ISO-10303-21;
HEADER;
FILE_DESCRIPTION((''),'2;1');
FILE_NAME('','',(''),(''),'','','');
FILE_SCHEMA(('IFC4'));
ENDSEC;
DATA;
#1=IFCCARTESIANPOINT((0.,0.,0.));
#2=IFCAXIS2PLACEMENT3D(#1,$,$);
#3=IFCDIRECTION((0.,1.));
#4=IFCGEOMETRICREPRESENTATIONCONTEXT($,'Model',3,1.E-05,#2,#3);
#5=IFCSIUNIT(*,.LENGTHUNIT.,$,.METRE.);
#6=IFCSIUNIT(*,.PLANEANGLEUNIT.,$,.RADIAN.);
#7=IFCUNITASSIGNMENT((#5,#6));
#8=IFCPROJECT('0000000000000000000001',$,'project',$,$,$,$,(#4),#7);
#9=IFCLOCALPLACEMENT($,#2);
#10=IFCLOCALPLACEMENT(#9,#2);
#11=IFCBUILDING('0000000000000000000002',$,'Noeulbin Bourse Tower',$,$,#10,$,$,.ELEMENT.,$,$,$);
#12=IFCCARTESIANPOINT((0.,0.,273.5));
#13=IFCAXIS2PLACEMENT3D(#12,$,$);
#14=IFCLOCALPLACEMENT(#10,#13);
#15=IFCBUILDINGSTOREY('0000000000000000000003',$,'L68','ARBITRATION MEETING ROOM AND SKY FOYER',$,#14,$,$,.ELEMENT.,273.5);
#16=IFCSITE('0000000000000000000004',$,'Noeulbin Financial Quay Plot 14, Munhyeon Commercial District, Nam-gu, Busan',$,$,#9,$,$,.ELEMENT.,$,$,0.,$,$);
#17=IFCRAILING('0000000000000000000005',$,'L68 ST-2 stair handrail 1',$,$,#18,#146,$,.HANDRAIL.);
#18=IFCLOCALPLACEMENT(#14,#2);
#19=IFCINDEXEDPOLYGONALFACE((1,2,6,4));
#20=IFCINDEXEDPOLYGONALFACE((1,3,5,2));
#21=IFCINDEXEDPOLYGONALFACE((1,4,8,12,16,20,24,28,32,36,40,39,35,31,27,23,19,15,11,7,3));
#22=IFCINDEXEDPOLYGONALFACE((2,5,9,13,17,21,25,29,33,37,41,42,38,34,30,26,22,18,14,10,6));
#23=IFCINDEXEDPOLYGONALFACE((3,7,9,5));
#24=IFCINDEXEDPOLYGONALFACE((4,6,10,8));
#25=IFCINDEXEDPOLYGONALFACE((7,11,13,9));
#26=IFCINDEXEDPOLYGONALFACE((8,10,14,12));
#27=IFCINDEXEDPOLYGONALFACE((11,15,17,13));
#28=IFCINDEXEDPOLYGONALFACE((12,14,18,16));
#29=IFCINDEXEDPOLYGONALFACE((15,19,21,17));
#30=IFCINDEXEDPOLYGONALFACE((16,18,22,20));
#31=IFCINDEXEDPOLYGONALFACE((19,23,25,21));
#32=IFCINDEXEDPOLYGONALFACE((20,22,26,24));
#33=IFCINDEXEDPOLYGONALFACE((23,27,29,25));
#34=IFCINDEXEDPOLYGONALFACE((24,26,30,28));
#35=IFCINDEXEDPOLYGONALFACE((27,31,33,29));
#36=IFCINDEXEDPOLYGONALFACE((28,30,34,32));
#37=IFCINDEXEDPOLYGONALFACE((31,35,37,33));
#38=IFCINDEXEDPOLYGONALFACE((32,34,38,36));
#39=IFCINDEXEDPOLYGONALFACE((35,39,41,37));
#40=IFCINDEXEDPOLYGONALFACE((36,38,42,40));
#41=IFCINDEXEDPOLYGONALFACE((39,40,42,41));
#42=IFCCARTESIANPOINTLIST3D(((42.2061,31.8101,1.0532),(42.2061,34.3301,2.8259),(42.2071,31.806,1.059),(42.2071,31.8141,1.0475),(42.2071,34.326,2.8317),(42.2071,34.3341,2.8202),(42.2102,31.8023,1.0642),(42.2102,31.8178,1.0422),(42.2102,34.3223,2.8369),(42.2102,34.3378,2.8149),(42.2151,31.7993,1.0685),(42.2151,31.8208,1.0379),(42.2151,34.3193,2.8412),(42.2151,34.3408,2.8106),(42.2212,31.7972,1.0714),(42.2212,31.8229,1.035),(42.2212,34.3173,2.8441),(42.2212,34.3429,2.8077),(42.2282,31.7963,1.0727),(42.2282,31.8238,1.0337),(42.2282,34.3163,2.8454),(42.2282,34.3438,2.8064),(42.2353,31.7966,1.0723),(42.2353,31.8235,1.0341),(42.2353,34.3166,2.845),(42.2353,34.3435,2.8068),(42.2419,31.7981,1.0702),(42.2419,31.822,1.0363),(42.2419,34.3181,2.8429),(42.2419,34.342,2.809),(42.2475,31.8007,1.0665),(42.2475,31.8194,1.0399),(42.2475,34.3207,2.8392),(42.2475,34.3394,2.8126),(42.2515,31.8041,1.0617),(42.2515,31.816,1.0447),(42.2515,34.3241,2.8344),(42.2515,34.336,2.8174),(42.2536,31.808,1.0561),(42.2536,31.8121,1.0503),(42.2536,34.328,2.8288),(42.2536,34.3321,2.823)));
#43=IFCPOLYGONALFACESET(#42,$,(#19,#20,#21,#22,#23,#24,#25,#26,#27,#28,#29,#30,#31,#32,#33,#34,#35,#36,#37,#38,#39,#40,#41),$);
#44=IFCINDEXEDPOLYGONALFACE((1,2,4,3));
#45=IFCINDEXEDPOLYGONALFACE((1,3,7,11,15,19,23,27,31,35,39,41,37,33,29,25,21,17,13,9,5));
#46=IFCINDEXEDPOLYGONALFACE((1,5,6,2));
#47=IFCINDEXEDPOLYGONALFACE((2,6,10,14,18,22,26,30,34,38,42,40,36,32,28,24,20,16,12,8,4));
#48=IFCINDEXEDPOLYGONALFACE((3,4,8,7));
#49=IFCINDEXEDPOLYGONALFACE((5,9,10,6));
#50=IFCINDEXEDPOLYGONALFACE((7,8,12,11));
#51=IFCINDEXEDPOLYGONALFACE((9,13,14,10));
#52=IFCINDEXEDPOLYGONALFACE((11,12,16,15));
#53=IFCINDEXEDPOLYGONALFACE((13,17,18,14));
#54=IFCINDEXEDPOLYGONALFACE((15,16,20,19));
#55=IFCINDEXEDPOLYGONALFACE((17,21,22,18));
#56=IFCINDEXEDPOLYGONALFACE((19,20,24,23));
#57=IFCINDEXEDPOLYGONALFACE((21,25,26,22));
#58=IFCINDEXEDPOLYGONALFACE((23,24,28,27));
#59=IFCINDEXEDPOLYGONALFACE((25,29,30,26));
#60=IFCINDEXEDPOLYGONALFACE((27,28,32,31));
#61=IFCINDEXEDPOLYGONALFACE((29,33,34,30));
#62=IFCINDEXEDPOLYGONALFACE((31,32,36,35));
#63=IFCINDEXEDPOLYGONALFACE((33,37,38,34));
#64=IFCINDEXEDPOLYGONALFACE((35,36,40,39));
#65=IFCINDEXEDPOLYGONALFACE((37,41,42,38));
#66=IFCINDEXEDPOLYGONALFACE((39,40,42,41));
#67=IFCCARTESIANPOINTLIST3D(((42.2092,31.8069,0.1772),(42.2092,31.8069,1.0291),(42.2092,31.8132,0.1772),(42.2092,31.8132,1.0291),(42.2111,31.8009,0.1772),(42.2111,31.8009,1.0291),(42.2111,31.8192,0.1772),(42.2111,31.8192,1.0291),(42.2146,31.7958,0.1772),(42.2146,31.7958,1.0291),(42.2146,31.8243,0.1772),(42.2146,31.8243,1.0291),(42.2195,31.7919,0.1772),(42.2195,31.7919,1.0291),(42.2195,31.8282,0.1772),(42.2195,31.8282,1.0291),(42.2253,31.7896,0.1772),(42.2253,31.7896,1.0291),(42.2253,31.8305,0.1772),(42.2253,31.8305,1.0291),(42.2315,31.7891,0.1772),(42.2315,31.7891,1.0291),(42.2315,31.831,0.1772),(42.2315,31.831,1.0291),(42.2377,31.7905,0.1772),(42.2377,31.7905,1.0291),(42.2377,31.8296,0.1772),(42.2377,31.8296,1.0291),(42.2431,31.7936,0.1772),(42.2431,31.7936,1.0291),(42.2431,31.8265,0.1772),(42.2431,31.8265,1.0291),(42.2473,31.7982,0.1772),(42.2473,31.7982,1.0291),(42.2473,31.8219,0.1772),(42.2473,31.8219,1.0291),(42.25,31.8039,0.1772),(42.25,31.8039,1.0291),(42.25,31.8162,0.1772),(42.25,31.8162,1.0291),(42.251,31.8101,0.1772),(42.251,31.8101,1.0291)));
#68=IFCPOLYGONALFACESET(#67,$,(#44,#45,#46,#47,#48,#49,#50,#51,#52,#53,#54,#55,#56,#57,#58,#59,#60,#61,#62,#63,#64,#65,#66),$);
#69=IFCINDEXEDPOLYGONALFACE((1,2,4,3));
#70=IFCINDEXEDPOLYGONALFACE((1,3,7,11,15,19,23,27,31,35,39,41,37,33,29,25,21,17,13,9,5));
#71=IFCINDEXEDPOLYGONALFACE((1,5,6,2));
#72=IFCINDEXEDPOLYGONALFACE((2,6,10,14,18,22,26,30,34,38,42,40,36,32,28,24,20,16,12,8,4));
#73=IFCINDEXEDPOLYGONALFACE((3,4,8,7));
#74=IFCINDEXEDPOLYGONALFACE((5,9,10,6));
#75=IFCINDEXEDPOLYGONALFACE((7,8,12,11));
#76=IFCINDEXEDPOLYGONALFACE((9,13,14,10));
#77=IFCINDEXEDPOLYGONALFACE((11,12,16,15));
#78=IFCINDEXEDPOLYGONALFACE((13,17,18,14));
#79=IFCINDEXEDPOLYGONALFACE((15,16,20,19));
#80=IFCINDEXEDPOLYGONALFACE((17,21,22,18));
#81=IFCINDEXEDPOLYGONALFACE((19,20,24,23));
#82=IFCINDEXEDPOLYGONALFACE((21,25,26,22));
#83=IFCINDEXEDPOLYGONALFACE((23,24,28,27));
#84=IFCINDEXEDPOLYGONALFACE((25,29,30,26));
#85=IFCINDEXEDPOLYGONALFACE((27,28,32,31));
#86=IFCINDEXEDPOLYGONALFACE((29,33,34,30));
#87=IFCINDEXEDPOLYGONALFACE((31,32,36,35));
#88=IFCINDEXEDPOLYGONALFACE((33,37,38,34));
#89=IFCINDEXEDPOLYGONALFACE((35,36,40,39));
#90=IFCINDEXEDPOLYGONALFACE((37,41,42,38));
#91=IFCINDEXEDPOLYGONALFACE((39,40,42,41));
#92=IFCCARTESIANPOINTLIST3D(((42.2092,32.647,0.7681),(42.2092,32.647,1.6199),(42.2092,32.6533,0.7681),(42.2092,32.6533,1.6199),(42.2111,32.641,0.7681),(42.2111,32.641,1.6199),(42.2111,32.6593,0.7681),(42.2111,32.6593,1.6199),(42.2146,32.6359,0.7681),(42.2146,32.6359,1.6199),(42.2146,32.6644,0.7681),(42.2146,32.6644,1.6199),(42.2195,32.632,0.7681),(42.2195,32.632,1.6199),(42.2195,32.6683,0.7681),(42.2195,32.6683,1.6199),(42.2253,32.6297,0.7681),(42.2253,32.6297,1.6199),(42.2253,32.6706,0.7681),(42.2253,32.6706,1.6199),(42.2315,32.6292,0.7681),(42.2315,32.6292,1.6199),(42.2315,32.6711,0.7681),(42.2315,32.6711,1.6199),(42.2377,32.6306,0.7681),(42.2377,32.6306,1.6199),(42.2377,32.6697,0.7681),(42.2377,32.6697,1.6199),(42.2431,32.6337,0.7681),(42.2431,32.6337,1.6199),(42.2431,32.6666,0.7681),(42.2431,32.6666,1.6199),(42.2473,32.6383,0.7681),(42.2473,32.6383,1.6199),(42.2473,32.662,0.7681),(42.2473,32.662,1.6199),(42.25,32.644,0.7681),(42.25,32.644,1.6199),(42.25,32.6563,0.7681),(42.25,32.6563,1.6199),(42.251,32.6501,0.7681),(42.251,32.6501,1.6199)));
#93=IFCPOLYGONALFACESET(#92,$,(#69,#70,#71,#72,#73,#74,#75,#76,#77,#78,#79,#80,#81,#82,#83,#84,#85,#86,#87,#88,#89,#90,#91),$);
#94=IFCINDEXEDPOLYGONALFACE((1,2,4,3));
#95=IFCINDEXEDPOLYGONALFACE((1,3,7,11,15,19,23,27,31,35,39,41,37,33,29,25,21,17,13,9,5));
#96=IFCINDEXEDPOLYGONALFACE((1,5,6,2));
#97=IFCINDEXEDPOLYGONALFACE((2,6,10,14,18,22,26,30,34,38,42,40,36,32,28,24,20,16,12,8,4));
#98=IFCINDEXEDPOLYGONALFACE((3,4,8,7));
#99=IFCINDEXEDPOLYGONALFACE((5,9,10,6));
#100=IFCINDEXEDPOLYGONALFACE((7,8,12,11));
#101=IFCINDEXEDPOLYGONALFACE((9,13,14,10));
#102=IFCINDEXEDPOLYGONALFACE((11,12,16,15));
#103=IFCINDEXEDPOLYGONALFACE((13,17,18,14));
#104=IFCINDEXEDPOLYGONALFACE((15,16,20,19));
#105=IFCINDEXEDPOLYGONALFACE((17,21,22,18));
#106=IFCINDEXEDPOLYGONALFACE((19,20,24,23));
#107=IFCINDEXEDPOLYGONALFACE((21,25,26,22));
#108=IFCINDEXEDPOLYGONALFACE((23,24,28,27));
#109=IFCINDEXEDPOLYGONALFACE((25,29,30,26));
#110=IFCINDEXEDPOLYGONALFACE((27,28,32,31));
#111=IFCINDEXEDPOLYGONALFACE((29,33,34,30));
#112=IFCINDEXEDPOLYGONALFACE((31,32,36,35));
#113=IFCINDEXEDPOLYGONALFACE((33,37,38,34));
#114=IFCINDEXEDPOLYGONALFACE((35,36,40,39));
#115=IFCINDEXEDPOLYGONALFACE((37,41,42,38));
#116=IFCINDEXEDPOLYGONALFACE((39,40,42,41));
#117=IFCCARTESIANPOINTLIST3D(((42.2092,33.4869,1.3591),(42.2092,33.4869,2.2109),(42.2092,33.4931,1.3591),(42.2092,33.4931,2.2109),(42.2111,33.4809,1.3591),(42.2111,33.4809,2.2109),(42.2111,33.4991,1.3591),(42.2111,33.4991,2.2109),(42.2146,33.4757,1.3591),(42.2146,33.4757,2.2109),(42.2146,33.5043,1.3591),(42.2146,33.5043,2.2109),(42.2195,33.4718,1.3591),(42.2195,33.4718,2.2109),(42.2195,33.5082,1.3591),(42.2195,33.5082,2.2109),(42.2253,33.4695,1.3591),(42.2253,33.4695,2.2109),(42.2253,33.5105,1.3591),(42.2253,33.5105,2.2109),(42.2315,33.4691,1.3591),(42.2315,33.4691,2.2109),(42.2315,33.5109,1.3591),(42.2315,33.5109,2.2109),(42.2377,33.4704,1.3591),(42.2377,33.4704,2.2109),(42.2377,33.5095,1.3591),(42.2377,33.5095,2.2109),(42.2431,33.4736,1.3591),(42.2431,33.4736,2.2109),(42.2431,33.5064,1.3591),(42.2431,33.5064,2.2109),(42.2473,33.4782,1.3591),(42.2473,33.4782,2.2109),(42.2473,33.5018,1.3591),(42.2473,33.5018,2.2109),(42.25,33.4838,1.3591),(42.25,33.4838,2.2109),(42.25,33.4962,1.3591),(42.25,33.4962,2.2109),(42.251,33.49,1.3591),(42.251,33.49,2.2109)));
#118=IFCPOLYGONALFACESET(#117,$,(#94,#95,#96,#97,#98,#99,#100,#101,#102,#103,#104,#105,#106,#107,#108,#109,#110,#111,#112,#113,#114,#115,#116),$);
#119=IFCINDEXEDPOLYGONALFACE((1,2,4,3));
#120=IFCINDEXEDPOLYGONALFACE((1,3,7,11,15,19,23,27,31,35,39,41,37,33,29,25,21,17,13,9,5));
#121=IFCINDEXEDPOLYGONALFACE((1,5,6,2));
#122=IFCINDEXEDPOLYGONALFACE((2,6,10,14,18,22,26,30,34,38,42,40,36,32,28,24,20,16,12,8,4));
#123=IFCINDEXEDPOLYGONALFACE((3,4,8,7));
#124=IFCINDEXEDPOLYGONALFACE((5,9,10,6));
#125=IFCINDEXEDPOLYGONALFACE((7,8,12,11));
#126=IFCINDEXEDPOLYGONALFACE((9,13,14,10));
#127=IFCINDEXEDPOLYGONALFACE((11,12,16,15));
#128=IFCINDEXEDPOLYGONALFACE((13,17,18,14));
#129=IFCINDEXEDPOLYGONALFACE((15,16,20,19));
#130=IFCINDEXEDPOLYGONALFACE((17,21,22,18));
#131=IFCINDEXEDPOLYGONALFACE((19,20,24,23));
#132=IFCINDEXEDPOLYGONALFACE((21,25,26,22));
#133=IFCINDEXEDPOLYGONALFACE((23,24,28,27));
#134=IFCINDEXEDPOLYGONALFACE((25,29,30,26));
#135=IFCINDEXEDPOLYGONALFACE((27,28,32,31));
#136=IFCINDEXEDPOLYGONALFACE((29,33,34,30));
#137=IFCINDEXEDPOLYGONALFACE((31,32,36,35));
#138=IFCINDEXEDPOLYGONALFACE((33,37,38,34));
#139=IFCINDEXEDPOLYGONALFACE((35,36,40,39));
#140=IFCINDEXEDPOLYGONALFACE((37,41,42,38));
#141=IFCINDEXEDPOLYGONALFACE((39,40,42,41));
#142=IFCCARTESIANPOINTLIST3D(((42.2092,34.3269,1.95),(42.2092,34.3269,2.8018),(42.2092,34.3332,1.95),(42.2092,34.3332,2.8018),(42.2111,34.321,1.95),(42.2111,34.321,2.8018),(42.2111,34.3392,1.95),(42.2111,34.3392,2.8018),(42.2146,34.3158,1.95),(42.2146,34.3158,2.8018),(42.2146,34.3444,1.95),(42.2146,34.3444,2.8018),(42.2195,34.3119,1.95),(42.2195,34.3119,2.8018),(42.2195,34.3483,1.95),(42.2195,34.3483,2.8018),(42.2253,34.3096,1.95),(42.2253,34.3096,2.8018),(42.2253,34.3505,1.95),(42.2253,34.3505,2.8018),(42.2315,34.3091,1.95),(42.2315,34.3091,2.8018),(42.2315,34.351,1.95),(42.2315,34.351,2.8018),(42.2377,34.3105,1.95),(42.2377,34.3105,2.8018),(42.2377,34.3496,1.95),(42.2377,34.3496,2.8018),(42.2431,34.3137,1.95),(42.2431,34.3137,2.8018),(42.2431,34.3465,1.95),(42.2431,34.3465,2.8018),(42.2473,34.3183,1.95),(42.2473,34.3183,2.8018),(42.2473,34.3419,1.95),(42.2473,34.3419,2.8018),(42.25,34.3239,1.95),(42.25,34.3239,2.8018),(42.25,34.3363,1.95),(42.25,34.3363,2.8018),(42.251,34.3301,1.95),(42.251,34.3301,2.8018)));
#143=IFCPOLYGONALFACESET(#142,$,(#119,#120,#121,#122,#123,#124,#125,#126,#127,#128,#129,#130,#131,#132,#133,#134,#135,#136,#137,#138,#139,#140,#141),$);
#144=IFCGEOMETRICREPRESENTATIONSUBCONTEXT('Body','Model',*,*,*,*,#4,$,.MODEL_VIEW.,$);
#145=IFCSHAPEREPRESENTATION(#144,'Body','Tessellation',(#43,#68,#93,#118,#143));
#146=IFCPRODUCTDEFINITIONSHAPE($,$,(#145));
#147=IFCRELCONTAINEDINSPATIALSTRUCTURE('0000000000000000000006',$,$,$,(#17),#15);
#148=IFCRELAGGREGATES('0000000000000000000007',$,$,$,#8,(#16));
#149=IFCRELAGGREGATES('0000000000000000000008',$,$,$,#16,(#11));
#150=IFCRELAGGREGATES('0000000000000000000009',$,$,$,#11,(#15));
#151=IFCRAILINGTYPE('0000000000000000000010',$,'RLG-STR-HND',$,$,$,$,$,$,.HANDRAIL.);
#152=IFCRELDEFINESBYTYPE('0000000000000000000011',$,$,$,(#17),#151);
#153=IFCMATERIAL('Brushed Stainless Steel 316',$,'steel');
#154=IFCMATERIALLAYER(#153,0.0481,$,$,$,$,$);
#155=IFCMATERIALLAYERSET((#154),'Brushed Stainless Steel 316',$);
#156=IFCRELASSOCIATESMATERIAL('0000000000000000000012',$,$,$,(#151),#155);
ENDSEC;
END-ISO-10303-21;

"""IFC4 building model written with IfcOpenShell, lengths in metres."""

from ifc_helpers import new_model, si_unit, direction, frame, origin, origin_2d, place, context, subcontext, project, spatial, circle, extrude, material, layer, layer_set, type_object, element, save


model = new_model("IFC4")

# Units and contexts
model_context = context("Model", 3, precision=1e-05, world=origin(), true_north=direction((0.0, 1.0)))
body_context = subcontext(model_context, "Body", "Model", "MODEL_VIEW")
ifc_project = project(units=[si_unit("LENGTHUNIT", "METRE"), si_unit("PLANEANGLEUNIT", "RADIAN")], contexts=[model_context])

# Site, building, storey
site_placement = place(None, origin())
site = spatial("IfcSite", under=ifc_project, at=site_placement, Name="Noeulbin Financial Quay Plot 14, Munhyeon Commercial District, Nam-gu, Busan", CompositionType="ELEMENT", RefElevation=0.0)
building_placement = place(site_placement, origin())
building = spatial("IfcBuilding", under=site, at=building_placement, Name="Noeulbin Bourse Tower", CompositionType="ELEMENT")
storey_placement = place(building_placement, frame((0.0, 0.0, 273.5)))
storey = spatial("IfcBuildingStorey", under=building, at=storey_placement, Name="L68", Description="ARBITRATION MEETING ROOM AND SKY FOYER", CompositionType="ELEMENT", Elevation=273.5)

# Railing
ifc_material_1 = material(Name="Brushed Stainless Steel 316", Category="steel")
ifc_layer_1 = layer(ifc_material_1, 0.0481)
ifc_layer_set_1 = layer_set([ifc_layer_1], Name="Brushed Stainless Steel 316")
railing_type_1 = type_object("IfcRailingType", Name="RLG-STR-HND", PredefinedType="HANDRAIL", material=ifc_layer_set_1)
railing_1_placement = place(storey_placement, frame((42.23, 31.8101, 0.1772)))
element("IfcRailing", 1, at=railing_1_placement, inside=storey, type_object=railing_type_1, Name="L68 ST-2 stair handrail 1", PredefinedType="HANDRAIL", context=body_context, shape_type="SweptSolid", body=[
    extrude(circle(Radius=0.0239, at=origin_2d()), frame((0.0, 0.0, 0.876), z_axis=(0.0, 0.817904, 0.575354), x_axis=(-1.0, 0.0, 0.0)), (0.0, 0.0, 1.0), 3.0811),
    extrude(circle(Radius=0.021, at=origin_2d()), origin(), (0.0, 0.0, 1.0), 0.8518),
    extrude(circle(Radius=0.021, at=origin_2d()), frame((0.0, 0.8401, 0.5908)), (0.0, 0.0, 1.0), 0.8518),
    extrude(circle(Radius=0.021, at=origin_2d()), frame((0.0, 1.6799, 1.1819)), (0.0, 0.0, 1.0), 0.8518),
    extrude(circle(Radius=0.021, at=origin_2d()), frame((0.0, 2.52, 1.7727)), (0.0, 0.0, 1.0), 0.8518),
])

save(model, "model.ifc")
